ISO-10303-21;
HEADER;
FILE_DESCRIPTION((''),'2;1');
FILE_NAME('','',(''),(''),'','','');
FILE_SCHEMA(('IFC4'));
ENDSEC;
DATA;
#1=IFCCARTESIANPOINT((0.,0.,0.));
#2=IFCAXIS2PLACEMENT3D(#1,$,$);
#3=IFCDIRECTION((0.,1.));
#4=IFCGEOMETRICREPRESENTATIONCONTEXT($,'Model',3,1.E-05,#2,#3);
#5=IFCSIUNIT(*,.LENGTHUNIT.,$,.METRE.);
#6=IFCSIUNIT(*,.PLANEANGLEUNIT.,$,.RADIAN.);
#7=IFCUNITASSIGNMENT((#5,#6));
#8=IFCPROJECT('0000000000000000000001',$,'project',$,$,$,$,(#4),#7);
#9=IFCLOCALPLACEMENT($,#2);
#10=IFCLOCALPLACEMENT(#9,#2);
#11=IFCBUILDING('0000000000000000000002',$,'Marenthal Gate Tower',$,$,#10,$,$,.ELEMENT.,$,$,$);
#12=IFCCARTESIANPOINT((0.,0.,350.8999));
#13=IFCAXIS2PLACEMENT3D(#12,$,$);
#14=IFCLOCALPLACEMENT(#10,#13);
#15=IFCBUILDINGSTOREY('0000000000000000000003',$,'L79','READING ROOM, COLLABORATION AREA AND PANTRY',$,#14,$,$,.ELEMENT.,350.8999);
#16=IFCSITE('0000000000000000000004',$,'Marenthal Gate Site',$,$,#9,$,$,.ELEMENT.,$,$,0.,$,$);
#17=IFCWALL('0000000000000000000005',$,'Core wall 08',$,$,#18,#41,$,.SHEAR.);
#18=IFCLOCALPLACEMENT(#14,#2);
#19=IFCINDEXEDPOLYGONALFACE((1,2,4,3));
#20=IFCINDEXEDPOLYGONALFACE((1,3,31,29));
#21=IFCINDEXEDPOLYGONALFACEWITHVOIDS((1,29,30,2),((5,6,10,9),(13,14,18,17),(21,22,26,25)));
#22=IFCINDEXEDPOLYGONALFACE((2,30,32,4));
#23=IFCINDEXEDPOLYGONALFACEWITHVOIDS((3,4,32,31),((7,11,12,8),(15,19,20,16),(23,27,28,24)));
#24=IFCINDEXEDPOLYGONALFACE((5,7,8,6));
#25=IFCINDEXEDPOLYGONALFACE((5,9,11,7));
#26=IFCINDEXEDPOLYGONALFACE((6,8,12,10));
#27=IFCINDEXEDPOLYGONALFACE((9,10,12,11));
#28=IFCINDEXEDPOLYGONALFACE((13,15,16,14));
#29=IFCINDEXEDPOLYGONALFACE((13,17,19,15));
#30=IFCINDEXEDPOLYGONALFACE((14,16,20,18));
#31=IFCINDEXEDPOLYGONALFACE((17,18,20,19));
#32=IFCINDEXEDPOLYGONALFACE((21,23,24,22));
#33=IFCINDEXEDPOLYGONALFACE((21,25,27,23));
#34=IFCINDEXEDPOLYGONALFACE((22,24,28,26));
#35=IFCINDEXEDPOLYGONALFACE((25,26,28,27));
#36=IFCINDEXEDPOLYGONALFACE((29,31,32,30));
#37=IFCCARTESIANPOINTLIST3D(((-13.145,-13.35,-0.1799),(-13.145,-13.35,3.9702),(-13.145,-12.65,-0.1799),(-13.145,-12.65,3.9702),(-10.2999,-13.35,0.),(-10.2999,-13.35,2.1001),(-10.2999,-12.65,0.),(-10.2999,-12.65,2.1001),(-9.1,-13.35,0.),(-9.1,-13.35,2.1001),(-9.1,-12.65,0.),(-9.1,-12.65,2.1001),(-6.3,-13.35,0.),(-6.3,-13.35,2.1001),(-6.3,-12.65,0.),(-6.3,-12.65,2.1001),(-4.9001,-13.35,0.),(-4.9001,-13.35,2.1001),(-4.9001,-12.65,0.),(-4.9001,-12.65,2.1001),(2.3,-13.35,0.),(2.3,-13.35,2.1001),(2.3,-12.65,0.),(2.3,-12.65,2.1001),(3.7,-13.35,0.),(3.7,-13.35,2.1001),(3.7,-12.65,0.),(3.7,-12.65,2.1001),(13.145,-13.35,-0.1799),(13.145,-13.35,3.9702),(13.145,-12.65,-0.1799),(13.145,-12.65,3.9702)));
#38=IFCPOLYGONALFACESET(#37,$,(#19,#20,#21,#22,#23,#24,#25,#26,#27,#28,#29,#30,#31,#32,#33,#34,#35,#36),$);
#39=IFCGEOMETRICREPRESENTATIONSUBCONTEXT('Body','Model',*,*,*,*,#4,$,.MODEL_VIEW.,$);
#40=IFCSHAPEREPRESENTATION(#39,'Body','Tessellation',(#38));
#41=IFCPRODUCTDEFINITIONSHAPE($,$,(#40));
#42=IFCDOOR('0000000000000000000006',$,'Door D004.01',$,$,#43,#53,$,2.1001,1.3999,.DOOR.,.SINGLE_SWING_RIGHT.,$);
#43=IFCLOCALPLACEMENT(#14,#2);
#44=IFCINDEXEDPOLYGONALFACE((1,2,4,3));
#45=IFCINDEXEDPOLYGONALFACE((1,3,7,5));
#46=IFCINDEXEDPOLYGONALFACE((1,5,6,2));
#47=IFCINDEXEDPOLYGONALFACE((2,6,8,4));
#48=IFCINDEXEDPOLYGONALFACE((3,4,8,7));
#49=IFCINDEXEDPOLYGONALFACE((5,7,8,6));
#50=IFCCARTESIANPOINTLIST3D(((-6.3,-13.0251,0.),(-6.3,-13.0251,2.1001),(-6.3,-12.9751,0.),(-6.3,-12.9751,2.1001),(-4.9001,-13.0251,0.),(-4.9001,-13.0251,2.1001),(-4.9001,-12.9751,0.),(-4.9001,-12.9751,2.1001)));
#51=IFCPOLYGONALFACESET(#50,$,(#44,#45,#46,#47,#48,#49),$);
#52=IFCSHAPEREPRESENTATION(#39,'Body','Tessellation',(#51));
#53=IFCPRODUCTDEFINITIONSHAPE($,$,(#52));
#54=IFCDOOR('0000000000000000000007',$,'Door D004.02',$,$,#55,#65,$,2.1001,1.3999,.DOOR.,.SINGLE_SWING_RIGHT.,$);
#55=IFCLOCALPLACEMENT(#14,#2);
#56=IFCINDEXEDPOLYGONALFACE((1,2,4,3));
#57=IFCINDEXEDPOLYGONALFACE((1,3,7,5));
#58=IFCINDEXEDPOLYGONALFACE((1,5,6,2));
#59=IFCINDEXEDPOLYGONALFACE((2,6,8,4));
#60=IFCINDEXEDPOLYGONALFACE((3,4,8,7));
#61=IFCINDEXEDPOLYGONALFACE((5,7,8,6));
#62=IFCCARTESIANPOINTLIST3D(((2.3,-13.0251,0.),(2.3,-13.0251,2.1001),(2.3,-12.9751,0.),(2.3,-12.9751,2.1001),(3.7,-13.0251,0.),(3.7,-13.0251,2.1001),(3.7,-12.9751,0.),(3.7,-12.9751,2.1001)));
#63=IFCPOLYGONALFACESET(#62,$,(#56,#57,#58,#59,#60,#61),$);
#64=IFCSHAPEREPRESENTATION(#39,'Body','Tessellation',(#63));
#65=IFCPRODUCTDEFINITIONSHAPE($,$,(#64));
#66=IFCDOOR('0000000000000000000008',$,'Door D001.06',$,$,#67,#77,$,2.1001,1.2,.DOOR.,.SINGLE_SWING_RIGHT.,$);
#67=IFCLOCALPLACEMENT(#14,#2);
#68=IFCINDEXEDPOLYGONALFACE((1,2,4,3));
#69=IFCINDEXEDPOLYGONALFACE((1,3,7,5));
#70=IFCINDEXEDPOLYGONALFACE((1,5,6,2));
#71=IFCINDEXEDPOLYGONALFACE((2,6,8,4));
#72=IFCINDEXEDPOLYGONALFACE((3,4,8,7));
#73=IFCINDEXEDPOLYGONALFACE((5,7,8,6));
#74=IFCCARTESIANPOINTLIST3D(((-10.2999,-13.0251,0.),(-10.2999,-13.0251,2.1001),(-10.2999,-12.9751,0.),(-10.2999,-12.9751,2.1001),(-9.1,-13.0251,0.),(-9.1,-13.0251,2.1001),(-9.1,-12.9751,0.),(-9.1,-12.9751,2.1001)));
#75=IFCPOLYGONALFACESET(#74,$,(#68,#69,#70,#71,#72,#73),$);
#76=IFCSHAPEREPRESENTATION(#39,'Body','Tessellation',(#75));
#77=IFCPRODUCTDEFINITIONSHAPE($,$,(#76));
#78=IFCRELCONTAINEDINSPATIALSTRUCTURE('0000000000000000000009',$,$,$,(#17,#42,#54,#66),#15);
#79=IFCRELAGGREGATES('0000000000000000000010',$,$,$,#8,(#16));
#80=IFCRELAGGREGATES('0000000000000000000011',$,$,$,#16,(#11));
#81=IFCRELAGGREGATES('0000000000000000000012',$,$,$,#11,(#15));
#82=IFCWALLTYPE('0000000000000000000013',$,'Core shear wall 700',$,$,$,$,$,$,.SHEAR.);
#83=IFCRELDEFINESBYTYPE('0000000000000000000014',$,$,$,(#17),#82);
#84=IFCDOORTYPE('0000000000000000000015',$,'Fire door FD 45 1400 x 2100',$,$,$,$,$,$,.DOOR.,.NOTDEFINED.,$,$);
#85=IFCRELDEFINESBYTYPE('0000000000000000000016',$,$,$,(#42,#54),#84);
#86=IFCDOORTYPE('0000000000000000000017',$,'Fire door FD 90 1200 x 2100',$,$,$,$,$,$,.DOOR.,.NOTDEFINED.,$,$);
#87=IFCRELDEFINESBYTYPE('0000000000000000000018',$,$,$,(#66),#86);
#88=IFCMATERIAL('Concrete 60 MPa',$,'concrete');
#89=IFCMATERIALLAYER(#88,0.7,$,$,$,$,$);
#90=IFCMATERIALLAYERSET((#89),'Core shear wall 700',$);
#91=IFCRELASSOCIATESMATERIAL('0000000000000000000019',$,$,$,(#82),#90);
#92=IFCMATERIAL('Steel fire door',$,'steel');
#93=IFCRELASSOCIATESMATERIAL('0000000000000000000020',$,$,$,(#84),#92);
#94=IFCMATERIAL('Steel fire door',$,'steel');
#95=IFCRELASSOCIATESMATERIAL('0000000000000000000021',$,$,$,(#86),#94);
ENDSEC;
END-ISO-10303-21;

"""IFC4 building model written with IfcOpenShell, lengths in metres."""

from ifc_helpers import new_model, si_unit, direction, frame, frame_2d, origin, place, context, subcontext, project, spatial, rectangle, extrude, material, layer, layer_set, type_object, element, fill, save


model = new_model("IFC4")

# Units and contexts
model_context = context("Model", 3, precision=1e-05, world=origin(), true_north=direction((0.0, 1.0)))
body_context = subcontext(model_context, "Body", "Model", "MODEL_VIEW")
ifc_project = project(units=[si_unit("LENGTHUNIT", "METRE"), si_unit("PLANEANGLEUNIT", "RADIAN")], contexts=[model_context])

# Site, building, storey
site_placement = place(None, origin())
site = spatial("IfcSite", under=ifc_project, at=site_placement, Name="Marenthal Gate Site", CompositionType="ELEMENT", RefElevation=0.0)
building_placement = place(site_placement, origin())
building = spatial("IfcBuilding", under=site, at=building_placement, Name="Marenthal Gate Tower", CompositionType="ELEMENT")
storey_placement = place(building_placement, frame((0.0, 0.0, 350.8999)))
storey = spatial("IfcBuildingStorey", under=building, at=storey_placement, Name="L79", Description="READING ROOM, COLLABORATION AREA AND PANTRY", CompositionType="ELEMENT", Elevation=350.8999)

# Wall, openings, doors
ifc_material_1 = material(Name="Concrete 60 MPa", Category="concrete")
ifc_layer_1 = layer(ifc_material_1, 0.7)
ifc_layer_set_1 = layer_set([ifc_layer_1], Name="Core shear wall 700")
wall_type_1 = type_object("IfcWallType", Name="Core shear wall 700", PredefinedType="SHEAR", material=ifc_layer_set_1)
wall_1_placement = place(storey_placement, frame((-13.145, -13.0, -0.1799), z_axis=(0.0, 0.0, 1.0), x_axis=(1.0, 0.0, 0.0)))
wall_1 = element("IfcWall", 1, at=wall_1_placement, inside=storey, type_object=wall_type_1, Name="Core wall 08", PredefinedType="SHEAR", context=body_context, shape_type="SweptSolid", body=[
    extrude(rectangle(XDim=26.29, YDim=0.7, at=frame_2d((13.145, 0.0))), origin(), (0.0, 0.0, 1.0), 4.1501),
])
opening_1_placement = place(wall_1_placement, frame((2.845, 0.0, 0.1799)))
opening_1 = element("IfcOpeningElement", 2, at=opening_1_placement, cuts=wall_1, PredefinedType="OPENING", context=body_context, shape_type="SweptSolid", body=[
    extrude(rectangle(XDim=1.2, YDim=2.1001, at=frame_2d((0.6001, 1.05))), frame((0.0, 0.3599, 0.0), z_axis=(0.0, -1.0, 0.0), x_axis=(1.0, 0.0, 0.0)), (0.0, 0.0, 1.0), 0.72),
])
opening_2_placement = place(wall_1_placement, frame((6.845, 0.0, 0.1799)))
opening_2 = element("IfcOpeningElement", 3, at=opening_2_placement, cuts=wall_1, PredefinedType="OPENING", context=body_context, shape_type="SweptSolid", body=[
    extrude(rectangle(XDim=1.3999, YDim=2.1001, at=frame_2d((0.7, 1.05))), frame((0.0, 0.3599, 0.0), z_axis=(0.0, -1.0, 0.0), x_axis=(1.0, 0.0, 0.0)), (0.0, 0.0, 1.0), 0.72),
])
opening_3_placement = place(wall_1_placement, frame((15.4451, 0.0, 0.1799)))
opening_3 = element("IfcOpeningElement", 4, at=opening_3_placement, cuts=wall_1, PredefinedType="OPENING", context=body_context, shape_type="SweptSolid", body=[
    extrude(rectangle(XDim=1.3999, YDim=2.1001, at=frame_2d((0.7, 1.05))), frame((0.0, 0.3599, 0.0), z_axis=(0.0, -1.0, 0.0), x_axis=(1.0, 0.0, 0.0)), (0.0, 0.0, 1.0), 0.72),
])
ifc_material_2 = material(Name="Steel fire door", Category="steel")
door_type_1 = type_object("IfcDoorType", Name="Fire door FD 45 1400 x 2100", OperationType="NOTDEFINED", PredefinedType="DOOR", material=ifc_material_2)
door_1_placement = place(opening_2_placement, origin())
door_1 = element("IfcDoor", 5, at=door_1_placement, inside=storey, type_object=door_type_1, Name="Door D004.01", OperationType="SINGLE_SWING_RIGHT", OverallHeight=2.1001, OverallWidth=1.3999, PredefinedType="DOOR", context=body_context, shape_type="SweptSolid", body=[
    extrude(rectangle(XDim=1.3999, YDim=2.1001, at=frame_2d((0.7, 1.05))), frame((0.0, 0.0249, 0.0), z_axis=(0.0, -1.0, 0.0), x_axis=(1.0, 0.0, 0.0)), (0.0, 0.0, 1.0), 0.05),
])
fill(opening_2, door_1)
door_2_placement = place(opening_3_placement, origin())
door_2 = element("IfcDoor", 6, at=door_2_placement, inside=storey, type_object=door_type_1, Name="Door D004.02", OperationType="SINGLE_SWING_RIGHT", OverallHeight=2.1001, OverallWidth=1.3999, PredefinedType="DOOR", context=body_context, shape_type="SweptSolid", body=[
    extrude(rectangle(XDim=1.3999, YDim=2.1001, at=frame_2d((0.7, 1.05))), frame((0.0, 0.0249, 0.0), z_axis=(0.0, -1.0, 0.0), x_axis=(1.0, 0.0, 0.0)), (0.0, 0.0, 1.0), 0.05),
])
fill(opening_3, door_2)
ifc_material_3 = material(Name="Steel fire door", Category="steel")
door_type_2 = type_object("IfcDoorType", Name="Fire door FD 90 1200 x 2100", OperationType="NOTDEFINED", PredefinedType="DOOR", material=ifc_material_3)
door_3_placement = place(opening_1_placement, origin())
door_3 = element("IfcDoor", 7, at=door_3_placement, inside=storey, type_object=door_type_2, Name="Door D001.06", OperationType="SINGLE_SWING_RIGHT", OverallHeight=2.1001, OverallWidth=1.2, PredefinedType="DOOR", context=body_context, shape_type="SweptSolid", body=[
    extrude(rectangle(XDim=1.2, YDim=2.1001, at=frame_2d((0.6001, 1.05))), frame((0.0, 0.0249, 0.0), z_axis=(0.0, -1.0, 0.0), x_axis=(1.0, 0.0, 0.0)), (0.0, 0.0, 1.0), 0.05),
])
fill(opening_1, door_3)

save(model, "model.ifc")
